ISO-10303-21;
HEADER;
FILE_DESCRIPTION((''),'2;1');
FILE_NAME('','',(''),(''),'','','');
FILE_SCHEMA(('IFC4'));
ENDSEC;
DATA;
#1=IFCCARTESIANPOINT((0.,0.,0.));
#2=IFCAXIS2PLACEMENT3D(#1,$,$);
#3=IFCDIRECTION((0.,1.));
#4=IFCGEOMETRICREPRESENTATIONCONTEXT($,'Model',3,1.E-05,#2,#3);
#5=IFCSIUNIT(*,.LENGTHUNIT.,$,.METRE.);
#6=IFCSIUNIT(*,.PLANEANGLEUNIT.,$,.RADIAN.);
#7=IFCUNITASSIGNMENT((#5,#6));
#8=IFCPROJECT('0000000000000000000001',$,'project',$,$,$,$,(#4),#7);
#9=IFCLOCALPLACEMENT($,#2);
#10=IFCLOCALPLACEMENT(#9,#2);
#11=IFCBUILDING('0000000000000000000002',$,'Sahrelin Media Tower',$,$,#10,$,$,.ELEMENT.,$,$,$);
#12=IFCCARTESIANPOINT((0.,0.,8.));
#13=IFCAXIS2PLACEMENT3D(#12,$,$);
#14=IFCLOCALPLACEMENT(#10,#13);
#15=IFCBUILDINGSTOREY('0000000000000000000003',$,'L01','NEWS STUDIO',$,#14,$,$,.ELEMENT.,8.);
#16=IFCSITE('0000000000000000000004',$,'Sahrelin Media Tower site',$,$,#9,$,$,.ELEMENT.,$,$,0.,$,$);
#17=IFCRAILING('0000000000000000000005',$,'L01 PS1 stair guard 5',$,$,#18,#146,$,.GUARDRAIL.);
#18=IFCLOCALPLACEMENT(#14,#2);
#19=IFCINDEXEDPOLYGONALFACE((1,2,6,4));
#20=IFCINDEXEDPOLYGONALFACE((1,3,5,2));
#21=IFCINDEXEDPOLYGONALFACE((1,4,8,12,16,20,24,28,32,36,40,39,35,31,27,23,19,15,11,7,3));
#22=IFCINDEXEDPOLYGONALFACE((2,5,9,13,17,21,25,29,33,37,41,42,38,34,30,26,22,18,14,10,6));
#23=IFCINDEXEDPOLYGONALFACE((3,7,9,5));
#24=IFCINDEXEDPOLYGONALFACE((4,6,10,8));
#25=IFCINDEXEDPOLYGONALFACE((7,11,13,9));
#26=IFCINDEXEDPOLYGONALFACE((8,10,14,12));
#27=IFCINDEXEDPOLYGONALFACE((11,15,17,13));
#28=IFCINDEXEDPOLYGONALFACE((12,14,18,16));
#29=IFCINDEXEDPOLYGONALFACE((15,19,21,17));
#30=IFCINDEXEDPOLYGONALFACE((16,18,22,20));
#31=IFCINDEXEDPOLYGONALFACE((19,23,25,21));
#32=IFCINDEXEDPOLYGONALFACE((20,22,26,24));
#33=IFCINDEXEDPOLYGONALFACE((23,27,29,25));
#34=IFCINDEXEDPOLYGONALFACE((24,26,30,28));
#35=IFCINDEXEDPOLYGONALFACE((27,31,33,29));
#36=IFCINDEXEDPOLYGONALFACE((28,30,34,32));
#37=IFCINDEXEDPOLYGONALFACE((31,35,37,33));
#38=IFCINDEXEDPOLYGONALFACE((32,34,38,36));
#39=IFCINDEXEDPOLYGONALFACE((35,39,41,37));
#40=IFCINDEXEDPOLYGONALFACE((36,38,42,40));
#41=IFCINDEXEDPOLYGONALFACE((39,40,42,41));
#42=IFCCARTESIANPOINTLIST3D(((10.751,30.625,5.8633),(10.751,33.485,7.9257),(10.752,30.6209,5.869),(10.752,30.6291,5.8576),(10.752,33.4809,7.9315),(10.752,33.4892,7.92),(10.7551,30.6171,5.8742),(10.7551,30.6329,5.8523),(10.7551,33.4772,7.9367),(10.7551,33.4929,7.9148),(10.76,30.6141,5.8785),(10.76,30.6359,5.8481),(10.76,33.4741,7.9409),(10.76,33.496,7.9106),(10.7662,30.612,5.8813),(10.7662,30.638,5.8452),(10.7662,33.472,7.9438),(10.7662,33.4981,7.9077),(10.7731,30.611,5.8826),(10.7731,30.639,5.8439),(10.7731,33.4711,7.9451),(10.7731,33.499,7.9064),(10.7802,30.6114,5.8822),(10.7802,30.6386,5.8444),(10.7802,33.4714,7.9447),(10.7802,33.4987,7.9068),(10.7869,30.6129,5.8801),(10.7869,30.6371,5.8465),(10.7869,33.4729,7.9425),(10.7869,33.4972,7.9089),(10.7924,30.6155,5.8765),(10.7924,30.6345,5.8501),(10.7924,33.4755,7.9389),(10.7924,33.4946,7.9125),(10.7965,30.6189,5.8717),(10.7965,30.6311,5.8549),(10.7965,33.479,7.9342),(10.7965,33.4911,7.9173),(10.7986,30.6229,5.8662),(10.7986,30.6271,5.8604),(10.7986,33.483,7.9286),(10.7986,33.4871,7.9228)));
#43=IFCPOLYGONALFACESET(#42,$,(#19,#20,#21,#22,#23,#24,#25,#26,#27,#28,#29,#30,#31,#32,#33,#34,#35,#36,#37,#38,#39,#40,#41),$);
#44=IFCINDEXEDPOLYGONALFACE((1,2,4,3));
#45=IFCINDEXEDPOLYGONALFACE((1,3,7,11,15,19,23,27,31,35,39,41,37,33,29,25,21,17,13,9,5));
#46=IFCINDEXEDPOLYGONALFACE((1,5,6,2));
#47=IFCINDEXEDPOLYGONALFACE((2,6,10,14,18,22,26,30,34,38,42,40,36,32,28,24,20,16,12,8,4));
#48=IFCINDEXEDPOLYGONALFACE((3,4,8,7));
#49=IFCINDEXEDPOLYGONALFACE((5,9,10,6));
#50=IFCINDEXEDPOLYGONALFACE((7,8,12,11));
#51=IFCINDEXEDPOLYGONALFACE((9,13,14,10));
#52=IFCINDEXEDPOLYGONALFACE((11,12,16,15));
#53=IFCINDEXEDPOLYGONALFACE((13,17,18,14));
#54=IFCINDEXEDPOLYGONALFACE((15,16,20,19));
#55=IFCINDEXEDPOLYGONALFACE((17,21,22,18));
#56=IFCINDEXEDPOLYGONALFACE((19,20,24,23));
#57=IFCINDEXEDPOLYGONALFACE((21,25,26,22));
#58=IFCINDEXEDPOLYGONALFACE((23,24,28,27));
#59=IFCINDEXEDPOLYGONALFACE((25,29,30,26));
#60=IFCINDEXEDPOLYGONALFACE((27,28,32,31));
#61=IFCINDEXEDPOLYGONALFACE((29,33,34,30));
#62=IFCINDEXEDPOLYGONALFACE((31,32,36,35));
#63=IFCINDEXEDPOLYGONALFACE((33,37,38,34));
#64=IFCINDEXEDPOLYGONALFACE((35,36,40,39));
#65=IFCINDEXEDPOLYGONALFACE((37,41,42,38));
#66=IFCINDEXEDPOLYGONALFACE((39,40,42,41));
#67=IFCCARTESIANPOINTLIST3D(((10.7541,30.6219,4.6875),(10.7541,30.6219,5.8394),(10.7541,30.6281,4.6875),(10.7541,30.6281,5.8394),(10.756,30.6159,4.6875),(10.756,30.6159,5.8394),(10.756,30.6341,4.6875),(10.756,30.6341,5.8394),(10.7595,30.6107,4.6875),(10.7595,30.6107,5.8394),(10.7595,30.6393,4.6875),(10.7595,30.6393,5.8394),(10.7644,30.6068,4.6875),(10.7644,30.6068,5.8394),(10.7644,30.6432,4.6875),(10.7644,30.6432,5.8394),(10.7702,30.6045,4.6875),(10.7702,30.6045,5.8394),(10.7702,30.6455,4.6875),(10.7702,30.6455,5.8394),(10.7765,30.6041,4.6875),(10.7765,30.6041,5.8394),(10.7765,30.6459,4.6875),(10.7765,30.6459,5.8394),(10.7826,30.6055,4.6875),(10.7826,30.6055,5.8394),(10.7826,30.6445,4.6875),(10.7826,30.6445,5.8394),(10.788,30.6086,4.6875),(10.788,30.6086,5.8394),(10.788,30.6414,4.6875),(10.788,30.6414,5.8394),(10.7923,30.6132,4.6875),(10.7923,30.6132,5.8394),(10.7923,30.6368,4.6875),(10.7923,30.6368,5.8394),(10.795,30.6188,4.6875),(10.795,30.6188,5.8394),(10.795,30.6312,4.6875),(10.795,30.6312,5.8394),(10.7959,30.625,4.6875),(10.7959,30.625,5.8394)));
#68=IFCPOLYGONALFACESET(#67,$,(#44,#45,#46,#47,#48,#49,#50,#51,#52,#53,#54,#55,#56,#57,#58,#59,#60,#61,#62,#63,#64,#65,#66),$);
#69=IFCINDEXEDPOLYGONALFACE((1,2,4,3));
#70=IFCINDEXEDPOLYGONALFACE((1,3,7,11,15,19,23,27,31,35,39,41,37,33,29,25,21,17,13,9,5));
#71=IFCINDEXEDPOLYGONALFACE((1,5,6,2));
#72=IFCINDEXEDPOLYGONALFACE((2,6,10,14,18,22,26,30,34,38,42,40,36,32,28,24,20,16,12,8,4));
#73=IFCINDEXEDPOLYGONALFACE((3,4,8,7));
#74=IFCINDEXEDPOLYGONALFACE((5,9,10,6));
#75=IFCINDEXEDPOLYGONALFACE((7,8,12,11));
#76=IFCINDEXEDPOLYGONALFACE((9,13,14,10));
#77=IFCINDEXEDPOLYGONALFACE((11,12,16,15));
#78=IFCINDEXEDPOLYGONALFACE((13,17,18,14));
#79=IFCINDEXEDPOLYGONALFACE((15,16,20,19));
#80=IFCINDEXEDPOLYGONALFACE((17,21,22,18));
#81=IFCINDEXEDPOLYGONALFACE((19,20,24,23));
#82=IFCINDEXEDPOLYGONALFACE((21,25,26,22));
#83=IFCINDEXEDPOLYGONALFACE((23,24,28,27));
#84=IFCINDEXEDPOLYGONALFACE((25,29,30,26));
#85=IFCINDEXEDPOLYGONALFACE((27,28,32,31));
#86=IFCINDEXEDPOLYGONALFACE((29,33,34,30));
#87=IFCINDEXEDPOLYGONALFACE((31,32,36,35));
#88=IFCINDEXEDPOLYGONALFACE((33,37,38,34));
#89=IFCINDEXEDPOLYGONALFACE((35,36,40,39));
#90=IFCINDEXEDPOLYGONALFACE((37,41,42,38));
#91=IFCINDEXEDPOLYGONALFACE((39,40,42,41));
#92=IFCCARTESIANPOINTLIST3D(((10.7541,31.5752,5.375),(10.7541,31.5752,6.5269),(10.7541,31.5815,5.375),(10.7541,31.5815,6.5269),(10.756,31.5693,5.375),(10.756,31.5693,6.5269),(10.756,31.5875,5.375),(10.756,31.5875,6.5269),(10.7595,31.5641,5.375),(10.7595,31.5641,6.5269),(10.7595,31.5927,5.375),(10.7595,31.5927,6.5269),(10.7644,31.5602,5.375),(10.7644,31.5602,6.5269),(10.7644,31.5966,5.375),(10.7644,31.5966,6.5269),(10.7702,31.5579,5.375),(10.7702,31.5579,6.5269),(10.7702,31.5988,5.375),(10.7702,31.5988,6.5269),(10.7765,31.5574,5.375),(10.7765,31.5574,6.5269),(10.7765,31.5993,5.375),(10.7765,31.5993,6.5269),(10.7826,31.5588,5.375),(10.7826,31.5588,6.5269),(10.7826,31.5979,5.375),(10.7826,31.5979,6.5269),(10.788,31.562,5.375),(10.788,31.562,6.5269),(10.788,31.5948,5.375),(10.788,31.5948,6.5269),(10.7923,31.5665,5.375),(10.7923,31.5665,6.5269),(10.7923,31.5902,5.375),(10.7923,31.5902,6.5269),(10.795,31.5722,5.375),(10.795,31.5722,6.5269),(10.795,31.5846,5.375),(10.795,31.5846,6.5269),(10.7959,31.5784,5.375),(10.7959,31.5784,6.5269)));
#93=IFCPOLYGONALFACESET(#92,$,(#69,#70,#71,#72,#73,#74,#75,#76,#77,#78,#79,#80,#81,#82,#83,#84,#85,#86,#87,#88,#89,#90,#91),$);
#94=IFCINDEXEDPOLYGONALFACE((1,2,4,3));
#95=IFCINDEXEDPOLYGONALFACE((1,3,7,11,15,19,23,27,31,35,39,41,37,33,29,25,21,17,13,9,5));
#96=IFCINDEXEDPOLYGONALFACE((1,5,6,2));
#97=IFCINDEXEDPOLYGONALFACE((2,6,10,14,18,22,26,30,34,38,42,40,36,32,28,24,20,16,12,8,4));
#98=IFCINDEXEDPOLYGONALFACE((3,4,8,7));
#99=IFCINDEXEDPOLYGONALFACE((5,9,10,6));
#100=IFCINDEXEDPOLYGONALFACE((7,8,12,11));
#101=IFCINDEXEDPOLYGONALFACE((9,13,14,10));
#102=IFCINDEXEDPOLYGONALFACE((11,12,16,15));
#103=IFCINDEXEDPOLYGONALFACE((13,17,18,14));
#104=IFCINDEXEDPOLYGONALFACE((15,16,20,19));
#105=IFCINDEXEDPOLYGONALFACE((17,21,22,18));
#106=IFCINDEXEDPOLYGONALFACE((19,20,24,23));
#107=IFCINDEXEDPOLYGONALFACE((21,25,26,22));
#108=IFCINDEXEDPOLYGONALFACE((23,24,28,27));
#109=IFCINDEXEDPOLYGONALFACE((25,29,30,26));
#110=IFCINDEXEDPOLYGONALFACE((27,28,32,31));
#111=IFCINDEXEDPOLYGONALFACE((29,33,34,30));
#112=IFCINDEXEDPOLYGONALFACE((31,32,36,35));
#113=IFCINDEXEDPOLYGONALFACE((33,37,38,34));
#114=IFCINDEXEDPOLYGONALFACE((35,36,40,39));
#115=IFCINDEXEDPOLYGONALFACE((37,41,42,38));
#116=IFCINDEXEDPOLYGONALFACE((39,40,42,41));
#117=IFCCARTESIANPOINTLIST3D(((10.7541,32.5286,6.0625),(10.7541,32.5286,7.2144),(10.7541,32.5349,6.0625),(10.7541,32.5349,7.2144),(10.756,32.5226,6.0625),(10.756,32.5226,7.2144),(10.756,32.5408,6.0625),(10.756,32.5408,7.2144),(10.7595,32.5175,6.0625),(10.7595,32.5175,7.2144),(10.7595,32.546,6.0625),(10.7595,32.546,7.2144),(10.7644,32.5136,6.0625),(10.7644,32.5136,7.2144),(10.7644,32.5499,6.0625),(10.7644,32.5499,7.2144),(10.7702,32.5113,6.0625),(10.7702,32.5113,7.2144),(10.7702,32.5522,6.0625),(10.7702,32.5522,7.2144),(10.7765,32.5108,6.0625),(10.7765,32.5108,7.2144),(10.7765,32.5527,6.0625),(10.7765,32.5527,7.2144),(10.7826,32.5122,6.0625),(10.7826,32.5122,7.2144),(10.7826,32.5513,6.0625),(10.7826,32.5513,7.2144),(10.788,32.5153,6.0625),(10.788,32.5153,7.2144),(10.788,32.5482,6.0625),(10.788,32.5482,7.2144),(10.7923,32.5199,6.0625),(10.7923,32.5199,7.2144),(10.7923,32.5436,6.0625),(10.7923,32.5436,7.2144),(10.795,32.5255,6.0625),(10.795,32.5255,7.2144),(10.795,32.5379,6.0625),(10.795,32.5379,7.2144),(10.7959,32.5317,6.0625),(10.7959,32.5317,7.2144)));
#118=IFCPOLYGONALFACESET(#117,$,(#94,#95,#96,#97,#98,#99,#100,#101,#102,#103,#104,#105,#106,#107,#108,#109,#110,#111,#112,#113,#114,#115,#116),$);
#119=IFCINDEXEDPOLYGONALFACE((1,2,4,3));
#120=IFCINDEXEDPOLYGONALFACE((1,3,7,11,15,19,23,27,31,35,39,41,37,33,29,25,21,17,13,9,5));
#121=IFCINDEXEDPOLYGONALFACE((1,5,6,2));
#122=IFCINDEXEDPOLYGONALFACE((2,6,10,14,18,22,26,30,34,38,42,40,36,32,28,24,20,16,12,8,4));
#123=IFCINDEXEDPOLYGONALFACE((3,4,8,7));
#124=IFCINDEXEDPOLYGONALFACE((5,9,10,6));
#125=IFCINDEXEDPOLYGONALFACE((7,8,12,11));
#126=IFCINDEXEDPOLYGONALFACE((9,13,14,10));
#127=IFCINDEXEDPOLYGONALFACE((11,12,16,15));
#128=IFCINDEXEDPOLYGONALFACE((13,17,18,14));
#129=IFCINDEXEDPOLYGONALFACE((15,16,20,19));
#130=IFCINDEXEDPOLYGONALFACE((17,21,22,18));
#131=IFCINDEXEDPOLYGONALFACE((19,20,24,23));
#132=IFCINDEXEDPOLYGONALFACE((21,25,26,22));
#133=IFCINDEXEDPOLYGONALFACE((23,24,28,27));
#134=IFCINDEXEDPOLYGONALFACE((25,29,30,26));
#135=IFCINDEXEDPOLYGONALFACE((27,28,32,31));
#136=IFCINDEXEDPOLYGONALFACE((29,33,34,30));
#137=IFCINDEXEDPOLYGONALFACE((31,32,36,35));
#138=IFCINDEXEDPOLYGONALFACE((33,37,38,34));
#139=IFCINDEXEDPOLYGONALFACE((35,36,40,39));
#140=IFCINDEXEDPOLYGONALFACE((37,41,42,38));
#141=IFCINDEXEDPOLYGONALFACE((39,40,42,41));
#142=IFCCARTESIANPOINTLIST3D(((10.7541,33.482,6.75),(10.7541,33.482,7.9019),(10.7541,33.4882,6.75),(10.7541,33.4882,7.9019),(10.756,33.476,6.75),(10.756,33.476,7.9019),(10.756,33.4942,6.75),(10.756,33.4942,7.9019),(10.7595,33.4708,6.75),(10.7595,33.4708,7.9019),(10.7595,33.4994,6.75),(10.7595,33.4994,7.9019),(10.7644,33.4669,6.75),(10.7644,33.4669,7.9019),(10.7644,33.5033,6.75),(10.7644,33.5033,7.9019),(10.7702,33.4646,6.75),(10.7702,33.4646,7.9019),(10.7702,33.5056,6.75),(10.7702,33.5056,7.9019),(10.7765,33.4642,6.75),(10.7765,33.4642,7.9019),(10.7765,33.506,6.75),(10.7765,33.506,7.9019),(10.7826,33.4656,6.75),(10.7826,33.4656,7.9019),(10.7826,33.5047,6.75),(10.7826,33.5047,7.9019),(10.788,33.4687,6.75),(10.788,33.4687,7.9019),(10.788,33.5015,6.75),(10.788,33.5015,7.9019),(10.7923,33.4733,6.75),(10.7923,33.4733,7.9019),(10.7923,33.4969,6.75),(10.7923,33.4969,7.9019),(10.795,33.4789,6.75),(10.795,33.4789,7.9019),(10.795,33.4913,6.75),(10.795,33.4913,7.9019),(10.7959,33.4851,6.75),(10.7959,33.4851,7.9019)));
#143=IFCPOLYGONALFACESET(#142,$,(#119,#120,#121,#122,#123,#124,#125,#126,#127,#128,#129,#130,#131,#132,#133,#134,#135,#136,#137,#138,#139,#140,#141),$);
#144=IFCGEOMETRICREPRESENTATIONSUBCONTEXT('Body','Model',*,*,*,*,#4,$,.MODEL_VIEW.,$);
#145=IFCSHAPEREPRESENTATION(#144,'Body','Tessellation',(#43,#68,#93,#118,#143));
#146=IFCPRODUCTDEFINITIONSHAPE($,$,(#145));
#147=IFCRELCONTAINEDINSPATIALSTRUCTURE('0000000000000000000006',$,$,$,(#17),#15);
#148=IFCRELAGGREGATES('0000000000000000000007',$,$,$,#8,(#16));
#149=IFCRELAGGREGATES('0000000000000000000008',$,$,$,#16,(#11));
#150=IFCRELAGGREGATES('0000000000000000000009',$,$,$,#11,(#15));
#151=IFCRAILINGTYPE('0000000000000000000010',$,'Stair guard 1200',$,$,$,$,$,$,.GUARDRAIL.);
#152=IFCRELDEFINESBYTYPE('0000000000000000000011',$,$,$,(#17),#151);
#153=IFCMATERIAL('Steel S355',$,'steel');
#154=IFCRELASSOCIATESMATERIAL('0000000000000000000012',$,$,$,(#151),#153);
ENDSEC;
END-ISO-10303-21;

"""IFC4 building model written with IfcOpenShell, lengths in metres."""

from ifc_helpers import new_model, si_unit, direction, frame, origin, origin_2d, place, context, subcontext, project, spatial, circle, extrude, material, type_object, element, save


model = new_model("IFC4")

# Units and contexts
model_context = context("Model", 3, precision=1e-05, world=origin(), true_north=direction((0.0, 1.0)))
body_context = subcontext(model_context, "Body", "Model", "MODEL_VIEW")
ifc_project = project(units=[si_unit("LENGTHUNIT", "METRE"), si_unit("PLANEANGLEUNIT", "RADIAN")], contexts=[model_context])

# Site, building, storey
site_placement = place(None, origin())
site = spatial("IfcSite", under=ifc_project, at=site_placement, Name="Sahrelin Media Tower site", CompositionType="ELEMENT", RefElevation=0.0)
building_placement = place(site_placement, origin())
building = spatial("IfcBuilding", under=site, at=building_placement, Name="Sahrelin Media Tower", CompositionType="ELEMENT")
storey_placement = place(building_placement, frame((0.0, 0.0, 8.0)))
storey = spatial("IfcBuildingStorey", under=building, at=storey_placement, Name="L01", Description="NEWS STUDIO", CompositionType="ELEMENT", Elevation=8.0)

# Shared definitions
ifc_material_1 = material(Name="Steel S355", Category="steel")

# Railing
railing_type_1 = type_object("IfcRailingType", Name="Stair guard 1200", PredefinedType="GUARDRAIL", material=ifc_material_1)
railing_1_placement = place(storey_placement, frame((10.7749, 30.625, 4.6875)))
element("IfcRailing", 1, at=railing_1_placement, inside=storey, type_object=railing_type_1, Name="L01 PS1 stair guard 5", PredefinedType="GUARDRAIL", context=body_context, shape_type="SweptSolid", body=[
    extrude(circle(Radius=0.0239, at=origin_2d()), frame((0.0, 0.0, 1.1758), z_axis=(0.0, 0.811101, 0.584906), x_axis=(-1.0, 0.0, 0.0)), (0.0, 0.0, 1.0), 3.5261),
    extrude(circle(Radius=0.021, at=origin_2d()), origin(), (0.0, 0.0, 1.0), 1.1519),
    extrude(circle(Radius=0.021, at=origin_2d()), frame((0.0, 0.9534, 0.6875)), (0.0, 0.0, 1.0), 1.1519),
    extrude(circle(Radius=0.021, at=origin_2d()), frame((0.0, 1.9067, 1.375)), (0.0, 0.0, 1.0), 1.1519),
    extrude(circle(Radius=0.021, at=origin_2d()), frame((0.0, 2.8601, 2.0625)), (0.0, 0.0, 1.0), 1.1519),
])

save(model, "model.ifc")
